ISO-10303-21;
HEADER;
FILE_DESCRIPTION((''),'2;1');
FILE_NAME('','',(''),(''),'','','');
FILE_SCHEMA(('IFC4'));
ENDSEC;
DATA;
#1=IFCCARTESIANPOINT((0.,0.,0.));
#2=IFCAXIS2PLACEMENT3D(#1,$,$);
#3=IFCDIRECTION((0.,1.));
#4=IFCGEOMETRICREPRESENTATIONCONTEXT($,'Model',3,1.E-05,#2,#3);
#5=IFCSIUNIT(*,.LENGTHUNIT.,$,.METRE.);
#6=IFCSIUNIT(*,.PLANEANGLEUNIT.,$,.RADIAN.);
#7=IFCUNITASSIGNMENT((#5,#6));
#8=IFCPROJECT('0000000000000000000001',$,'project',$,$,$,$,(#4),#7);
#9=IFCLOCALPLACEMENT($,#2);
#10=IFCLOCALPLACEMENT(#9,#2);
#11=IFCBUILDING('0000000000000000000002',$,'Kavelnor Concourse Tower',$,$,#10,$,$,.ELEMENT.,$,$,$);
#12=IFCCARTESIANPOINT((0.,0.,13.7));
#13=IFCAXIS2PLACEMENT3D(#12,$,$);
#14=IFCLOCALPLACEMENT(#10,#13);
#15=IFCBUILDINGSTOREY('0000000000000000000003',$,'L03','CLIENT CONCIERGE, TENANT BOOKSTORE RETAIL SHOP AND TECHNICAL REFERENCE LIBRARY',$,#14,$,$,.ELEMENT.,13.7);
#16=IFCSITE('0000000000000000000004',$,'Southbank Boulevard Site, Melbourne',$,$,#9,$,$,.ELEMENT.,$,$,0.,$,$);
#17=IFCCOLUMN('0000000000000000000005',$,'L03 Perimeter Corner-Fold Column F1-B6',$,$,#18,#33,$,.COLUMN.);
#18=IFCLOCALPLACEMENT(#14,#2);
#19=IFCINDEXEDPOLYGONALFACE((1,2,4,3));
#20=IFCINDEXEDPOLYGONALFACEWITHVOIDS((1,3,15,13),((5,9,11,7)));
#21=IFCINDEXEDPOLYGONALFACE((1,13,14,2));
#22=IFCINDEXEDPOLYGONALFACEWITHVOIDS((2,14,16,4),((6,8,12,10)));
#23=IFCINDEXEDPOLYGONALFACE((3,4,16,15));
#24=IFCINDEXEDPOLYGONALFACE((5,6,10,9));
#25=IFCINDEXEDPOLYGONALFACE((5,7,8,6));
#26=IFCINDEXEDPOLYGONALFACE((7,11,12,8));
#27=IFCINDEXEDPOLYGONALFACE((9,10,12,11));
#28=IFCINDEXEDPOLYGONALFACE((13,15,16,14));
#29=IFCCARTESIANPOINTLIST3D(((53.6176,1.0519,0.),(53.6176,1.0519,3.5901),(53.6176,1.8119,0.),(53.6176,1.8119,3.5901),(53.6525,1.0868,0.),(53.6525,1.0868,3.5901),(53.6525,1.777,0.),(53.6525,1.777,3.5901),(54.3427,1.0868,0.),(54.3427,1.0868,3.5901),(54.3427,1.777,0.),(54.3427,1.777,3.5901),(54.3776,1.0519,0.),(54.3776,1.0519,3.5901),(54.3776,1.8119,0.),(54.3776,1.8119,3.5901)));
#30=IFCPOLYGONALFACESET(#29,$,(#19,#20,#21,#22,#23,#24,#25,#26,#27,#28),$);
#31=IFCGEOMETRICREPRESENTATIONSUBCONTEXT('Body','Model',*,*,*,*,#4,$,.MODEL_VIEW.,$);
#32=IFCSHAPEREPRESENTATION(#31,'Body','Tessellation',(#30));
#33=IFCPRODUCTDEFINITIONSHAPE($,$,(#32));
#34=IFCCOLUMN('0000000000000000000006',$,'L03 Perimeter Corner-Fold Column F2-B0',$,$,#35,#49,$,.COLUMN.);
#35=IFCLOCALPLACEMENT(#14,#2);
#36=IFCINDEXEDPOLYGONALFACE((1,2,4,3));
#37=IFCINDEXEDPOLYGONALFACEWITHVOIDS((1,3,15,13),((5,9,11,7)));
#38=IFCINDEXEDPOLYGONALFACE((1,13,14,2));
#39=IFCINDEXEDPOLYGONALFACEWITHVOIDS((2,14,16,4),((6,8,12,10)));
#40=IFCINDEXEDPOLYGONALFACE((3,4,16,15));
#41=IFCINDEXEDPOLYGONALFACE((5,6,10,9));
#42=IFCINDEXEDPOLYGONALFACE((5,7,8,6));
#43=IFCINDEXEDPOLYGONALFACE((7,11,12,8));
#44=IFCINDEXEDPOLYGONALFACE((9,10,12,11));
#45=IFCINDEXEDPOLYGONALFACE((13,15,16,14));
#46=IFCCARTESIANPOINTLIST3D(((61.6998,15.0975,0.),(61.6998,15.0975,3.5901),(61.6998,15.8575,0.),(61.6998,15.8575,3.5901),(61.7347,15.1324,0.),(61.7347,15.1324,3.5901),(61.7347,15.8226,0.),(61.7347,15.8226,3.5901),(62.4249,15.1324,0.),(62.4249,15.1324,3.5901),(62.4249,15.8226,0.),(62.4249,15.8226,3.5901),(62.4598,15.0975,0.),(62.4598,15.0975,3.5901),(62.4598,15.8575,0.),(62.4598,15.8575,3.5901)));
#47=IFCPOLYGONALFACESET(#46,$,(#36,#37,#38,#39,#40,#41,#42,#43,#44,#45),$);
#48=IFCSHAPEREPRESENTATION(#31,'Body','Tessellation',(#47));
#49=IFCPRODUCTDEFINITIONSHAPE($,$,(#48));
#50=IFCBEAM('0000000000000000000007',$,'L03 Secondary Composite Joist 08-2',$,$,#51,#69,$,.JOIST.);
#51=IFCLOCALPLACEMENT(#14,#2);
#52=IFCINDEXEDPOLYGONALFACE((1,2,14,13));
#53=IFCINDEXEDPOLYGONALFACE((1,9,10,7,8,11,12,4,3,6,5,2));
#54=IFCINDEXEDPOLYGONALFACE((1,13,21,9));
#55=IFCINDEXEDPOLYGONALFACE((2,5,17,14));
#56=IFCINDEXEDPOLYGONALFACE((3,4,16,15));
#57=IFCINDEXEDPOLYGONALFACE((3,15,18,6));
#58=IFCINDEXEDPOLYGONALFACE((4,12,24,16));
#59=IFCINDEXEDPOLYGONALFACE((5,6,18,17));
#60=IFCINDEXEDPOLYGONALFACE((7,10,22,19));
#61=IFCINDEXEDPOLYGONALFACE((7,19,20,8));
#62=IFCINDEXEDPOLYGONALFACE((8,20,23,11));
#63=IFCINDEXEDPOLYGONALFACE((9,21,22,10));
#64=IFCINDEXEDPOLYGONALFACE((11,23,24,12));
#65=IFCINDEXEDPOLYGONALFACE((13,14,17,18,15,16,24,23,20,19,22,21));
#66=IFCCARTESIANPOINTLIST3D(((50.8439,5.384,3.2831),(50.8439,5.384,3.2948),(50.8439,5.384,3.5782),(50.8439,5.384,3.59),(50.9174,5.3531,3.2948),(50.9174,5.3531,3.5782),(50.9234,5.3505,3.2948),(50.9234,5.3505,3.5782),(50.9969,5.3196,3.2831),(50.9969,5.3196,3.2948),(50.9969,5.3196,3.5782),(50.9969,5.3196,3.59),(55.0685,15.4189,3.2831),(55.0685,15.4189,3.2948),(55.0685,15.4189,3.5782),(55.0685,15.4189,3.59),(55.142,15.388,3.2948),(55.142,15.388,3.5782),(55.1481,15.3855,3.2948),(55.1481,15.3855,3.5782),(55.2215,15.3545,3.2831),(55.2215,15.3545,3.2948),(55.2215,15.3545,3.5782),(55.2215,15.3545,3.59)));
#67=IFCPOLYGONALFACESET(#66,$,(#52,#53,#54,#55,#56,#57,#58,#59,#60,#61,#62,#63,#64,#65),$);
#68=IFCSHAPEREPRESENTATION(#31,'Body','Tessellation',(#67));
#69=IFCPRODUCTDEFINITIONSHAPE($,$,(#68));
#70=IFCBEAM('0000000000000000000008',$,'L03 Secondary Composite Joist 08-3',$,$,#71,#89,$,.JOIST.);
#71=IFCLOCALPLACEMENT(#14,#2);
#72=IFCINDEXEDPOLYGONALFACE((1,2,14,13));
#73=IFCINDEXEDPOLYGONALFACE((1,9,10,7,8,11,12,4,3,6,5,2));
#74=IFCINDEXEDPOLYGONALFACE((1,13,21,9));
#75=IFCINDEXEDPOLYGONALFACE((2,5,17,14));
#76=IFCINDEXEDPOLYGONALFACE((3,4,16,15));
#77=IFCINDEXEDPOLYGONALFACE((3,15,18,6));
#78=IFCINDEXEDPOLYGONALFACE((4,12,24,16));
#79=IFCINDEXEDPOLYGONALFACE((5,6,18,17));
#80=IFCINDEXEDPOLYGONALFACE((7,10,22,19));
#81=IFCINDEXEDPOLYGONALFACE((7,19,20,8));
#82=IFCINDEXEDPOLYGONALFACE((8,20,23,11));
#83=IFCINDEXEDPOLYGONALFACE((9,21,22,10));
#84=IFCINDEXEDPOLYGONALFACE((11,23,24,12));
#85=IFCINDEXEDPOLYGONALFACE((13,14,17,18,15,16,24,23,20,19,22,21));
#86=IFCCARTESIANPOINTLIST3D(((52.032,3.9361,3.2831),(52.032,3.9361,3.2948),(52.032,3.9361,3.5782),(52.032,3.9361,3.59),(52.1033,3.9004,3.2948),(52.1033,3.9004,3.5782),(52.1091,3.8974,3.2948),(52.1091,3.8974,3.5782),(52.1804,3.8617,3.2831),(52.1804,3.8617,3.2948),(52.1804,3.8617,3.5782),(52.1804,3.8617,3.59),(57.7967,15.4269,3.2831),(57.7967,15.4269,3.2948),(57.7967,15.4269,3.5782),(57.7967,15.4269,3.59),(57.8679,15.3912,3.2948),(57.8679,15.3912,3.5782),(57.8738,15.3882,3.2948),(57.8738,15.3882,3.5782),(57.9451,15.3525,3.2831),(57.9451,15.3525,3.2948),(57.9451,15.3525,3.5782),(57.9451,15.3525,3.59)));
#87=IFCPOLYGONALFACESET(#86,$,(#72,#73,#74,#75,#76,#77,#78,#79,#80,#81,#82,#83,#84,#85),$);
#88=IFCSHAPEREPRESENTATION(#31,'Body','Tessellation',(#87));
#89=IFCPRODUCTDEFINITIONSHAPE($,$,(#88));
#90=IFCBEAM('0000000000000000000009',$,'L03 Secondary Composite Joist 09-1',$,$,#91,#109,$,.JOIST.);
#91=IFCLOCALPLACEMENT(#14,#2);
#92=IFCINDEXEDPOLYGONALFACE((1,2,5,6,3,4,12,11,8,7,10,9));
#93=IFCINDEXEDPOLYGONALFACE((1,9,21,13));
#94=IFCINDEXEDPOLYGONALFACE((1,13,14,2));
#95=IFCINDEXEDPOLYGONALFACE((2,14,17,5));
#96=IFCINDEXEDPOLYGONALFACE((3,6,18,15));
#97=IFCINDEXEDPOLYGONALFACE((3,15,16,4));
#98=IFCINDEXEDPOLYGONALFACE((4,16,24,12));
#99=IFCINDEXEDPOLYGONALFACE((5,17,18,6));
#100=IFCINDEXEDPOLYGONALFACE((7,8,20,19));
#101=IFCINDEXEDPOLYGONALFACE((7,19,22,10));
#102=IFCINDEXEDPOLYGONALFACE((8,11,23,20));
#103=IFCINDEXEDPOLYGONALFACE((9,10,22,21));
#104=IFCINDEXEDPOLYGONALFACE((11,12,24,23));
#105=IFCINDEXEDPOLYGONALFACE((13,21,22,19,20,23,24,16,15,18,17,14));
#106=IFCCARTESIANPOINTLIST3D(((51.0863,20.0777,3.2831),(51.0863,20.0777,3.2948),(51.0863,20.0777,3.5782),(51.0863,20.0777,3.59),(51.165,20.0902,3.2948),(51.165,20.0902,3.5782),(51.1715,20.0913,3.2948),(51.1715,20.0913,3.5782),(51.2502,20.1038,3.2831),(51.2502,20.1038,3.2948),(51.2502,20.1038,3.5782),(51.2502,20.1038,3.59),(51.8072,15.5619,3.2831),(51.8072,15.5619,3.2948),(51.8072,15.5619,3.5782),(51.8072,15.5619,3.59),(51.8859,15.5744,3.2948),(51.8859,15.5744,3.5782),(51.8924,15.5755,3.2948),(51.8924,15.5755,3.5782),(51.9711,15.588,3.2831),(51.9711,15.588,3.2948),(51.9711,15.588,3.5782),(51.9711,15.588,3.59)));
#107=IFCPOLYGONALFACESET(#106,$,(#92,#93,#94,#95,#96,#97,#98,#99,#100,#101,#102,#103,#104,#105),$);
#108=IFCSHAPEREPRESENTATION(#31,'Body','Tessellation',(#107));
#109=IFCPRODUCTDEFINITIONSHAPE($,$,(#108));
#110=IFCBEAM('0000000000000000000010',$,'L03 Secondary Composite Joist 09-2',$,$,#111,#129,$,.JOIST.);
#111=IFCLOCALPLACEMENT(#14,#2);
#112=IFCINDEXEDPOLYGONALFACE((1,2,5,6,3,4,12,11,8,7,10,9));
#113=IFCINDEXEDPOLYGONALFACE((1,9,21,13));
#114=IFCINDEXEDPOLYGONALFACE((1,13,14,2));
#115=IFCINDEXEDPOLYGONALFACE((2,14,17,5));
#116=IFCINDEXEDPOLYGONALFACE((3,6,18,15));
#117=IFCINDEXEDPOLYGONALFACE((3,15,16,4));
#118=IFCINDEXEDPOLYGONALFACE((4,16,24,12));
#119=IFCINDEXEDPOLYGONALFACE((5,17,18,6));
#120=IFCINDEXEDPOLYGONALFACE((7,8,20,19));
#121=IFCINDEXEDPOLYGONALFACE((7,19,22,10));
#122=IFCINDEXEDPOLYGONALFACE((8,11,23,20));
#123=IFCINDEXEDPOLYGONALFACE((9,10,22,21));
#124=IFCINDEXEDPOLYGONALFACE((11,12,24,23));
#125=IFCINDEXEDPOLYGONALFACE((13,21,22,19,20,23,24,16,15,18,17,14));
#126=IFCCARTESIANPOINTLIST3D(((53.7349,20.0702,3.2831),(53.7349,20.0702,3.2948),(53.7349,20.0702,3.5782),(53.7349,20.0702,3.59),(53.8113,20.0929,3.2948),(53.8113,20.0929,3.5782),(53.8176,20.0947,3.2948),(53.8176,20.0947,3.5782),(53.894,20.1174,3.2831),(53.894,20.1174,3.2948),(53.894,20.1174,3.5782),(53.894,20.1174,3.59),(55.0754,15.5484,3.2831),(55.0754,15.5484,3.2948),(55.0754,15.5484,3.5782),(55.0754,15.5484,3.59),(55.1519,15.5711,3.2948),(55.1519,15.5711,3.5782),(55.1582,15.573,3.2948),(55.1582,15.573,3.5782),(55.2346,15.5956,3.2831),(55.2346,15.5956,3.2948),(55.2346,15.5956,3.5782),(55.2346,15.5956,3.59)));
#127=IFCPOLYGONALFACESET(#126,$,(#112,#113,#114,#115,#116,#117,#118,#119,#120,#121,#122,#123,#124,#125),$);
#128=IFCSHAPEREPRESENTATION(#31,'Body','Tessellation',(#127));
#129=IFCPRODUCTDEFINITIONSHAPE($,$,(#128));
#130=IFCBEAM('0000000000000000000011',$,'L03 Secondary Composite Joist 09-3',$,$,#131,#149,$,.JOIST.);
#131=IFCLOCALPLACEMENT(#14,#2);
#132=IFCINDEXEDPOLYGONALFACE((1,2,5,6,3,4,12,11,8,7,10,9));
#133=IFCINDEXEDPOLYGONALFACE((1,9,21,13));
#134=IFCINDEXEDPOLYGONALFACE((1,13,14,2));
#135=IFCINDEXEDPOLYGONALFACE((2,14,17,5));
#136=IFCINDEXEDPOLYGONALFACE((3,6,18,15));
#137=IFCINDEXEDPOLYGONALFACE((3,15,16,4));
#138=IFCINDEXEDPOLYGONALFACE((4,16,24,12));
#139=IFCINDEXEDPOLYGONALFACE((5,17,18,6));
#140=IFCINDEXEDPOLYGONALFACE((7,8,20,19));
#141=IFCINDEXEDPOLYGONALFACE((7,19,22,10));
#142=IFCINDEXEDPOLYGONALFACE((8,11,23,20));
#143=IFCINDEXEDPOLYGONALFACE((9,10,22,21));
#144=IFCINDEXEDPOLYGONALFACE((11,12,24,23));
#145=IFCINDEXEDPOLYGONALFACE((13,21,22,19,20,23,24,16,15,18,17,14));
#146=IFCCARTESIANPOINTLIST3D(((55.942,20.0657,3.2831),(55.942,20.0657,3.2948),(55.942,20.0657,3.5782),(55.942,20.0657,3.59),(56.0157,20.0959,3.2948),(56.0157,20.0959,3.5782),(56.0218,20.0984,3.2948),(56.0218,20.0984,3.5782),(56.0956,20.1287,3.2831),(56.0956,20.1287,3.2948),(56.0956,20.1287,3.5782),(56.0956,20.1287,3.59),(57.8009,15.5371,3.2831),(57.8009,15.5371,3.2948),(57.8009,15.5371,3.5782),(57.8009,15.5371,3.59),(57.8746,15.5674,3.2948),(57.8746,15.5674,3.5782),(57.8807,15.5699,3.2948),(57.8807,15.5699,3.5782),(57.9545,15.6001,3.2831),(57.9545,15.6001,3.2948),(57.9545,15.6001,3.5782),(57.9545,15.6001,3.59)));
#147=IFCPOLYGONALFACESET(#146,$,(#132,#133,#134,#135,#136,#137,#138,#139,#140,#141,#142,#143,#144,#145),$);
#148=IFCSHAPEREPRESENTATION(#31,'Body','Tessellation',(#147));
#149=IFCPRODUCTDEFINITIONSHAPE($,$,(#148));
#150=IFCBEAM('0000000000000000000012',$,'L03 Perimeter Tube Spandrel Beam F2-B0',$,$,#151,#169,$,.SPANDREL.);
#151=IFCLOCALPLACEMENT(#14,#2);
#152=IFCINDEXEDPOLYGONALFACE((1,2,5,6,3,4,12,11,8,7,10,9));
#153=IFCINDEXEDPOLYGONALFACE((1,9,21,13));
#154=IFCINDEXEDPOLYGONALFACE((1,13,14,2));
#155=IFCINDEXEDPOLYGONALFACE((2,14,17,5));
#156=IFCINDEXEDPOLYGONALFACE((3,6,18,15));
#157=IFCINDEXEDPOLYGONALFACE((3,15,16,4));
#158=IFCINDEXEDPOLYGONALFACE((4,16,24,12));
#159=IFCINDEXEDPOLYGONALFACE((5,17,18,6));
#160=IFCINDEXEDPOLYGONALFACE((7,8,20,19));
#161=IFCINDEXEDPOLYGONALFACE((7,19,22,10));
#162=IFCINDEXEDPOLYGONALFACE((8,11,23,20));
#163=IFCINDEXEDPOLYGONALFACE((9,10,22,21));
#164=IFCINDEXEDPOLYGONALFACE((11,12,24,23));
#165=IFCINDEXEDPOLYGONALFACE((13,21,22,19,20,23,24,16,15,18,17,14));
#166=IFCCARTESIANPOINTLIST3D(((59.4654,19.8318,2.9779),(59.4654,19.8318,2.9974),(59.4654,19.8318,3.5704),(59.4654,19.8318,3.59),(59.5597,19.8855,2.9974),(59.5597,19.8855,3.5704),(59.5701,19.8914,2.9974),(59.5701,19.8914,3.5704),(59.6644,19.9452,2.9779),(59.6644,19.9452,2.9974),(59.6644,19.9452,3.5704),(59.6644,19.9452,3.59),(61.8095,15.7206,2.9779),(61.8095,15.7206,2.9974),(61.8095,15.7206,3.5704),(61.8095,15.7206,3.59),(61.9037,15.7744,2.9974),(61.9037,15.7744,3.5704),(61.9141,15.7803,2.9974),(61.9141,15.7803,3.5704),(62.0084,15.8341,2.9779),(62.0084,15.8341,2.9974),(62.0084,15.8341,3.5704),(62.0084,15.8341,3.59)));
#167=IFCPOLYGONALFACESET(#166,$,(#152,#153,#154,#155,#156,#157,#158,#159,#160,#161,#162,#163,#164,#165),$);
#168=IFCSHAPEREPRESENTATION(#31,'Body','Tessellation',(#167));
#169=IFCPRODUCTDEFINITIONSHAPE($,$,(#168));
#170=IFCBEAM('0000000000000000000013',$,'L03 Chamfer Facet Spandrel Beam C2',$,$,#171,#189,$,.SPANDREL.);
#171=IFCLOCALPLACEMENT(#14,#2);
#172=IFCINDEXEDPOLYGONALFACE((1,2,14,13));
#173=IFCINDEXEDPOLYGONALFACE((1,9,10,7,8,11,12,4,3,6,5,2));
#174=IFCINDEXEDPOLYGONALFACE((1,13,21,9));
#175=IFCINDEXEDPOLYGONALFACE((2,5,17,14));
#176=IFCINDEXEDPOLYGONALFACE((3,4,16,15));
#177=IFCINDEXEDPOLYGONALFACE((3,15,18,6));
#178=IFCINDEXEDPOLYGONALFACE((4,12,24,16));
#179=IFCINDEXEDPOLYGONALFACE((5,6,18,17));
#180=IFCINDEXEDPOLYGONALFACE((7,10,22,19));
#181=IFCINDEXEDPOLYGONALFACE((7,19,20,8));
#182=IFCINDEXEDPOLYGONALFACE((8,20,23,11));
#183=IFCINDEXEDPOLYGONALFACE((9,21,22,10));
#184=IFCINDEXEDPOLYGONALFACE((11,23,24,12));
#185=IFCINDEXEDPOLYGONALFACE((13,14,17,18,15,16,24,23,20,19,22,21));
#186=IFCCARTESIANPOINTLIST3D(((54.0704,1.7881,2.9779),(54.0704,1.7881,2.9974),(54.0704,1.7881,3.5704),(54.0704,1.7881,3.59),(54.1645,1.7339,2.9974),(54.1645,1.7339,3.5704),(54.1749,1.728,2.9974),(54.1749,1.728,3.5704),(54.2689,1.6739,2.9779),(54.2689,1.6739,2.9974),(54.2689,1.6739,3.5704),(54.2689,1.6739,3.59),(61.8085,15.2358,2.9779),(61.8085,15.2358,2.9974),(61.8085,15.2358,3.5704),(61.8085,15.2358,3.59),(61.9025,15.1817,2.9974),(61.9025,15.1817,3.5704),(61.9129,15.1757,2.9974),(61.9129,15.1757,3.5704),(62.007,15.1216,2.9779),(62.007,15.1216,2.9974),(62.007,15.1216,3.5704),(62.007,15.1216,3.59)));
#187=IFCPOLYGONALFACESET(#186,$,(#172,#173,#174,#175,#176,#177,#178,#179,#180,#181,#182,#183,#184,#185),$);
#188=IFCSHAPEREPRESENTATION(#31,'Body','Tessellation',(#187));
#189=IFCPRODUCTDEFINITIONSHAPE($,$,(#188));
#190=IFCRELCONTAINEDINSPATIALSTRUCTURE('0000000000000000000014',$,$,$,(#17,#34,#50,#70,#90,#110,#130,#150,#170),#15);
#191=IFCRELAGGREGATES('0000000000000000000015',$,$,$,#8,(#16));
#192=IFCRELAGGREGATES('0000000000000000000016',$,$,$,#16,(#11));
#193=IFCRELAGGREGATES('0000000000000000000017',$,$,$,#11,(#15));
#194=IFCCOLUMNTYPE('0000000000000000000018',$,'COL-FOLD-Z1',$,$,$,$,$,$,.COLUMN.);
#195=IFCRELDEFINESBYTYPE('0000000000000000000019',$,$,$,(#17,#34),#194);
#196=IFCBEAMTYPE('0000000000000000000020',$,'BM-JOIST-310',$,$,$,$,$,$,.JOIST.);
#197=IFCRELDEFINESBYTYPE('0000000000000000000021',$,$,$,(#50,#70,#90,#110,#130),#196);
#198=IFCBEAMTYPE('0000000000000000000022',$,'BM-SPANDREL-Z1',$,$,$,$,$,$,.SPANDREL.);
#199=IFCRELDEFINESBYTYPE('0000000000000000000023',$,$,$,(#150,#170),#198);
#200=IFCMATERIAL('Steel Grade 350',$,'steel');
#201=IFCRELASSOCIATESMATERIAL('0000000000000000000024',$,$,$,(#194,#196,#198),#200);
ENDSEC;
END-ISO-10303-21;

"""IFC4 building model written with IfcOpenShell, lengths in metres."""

from ifc_helpers import new_model, si_unit, direction, frame, origin, origin_2d, place, context, subcontext, project, spatial, hollow_rectangle, i_section, extrude, material, material_profile, profile_set, type_object, element, save


model = new_model("IFC4")

# Units and contexts
model_context = context("Model", 3, precision=1e-05, world=origin(), true_north=direction((0.0, 1.0)))
body_context = subcontext(model_context, "Body", "Model", "MODEL_VIEW")
ifc_project = project(units=[si_unit("LENGTHUNIT", "METRE"), si_unit("PLANEANGLEUNIT", "RADIAN")], contexts=[model_context])

# Site, building, storey
site_placement = place(None, origin())
site = spatial("IfcSite", under=ifc_project, at=site_placement, Name="Southbank Boulevard Site, Melbourne", CompositionType="ELEMENT", RefElevation=0.0)
building_placement = place(site_placement, origin())
building = spatial("IfcBuilding", under=site, at=building_placement, Name="Kavelnor Concourse Tower", CompositionType="ELEMENT")
storey_placement = place(building_placement, frame((0.0, 0.0, 13.7)))
storey = spatial("IfcBuildingStorey", under=building, at=storey_placement, Name="L03", Description="CLIENT CONCIERGE, TENANT BOOKSTORE RETAIL SHOP AND TECHNICAL REFERENCE LIBRARY", CompositionType="ELEMENT", Elevation=13.7)

# Columns
ifc_material_1 = material(Name="Steel Grade 350", Category="steel")
ifc_material_profile_1 = material_profile(ifc_material_1, hollow_rectangle(XDim=0.76, YDim=0.76, WallThickness=0.0349, at=origin_2d()), Name="SHS 760x760x35")
ifc_profile_set_1 = profile_set([ifc_material_profile_1], Name="Steel Grade 350")
column_type = type_object("IfcColumnType", Name="COL-FOLD-Z1", PredefinedType="COLUMN", material=ifc_profile_set_1)
for number, where, z_axis, x_axis, name in (
    (1, (53.9976, 1.4319, 0.0), (0.0, 0.0, 1.0), (1.0, 0.0, 0.0), "L03 Perimeter Corner-Fold Column F1-B6"),
    (2, (62.0798, 15.4775, 0.0), (0.0, 0.0, 1.0), (1.0, 0.0, 0.0), "L03 Perimeter Corner-Fold Column F2-B0"),
):
    element("IfcColumn", number, at=place(storey_placement, frame(where, z_axis=z_axis, x_axis=x_axis)), inside=storey, type_object=column_type, Name=name, PredefinedType="COLUMN", context=body_context, shape_type="SweptSolid", body=[
        extrude(hollow_rectangle(XDim=0.76, YDim=0.76, WallThickness=0.0349, at=origin_2d()), origin(), (0.0, 0.0, 1.0), 3.5901),
    ])

# Beams
ifc_material_profile_2 = material_profile(ifc_material_1, i_section(OverallWidth=0.166, OverallDepth=0.3069, WebThickness=0.0066, FlangeThickness=0.0117, at=origin_2d()), Name="310UB46")
ifc_profile_set_2 = profile_set([ifc_material_profile_2], Name="Steel Grade 350")
beam_type_1 = type_object("IfcBeamType", Name="BM-JOIST-310", PredefinedType="JOIST", material=ifc_profile_set_2)
beam_1_placement = place(storey_placement, frame((50.9204, 5.3518, 3.4365), z_axis=(0.388009, 0.921656, 0.0), x_axis=(-0.921656, 0.388009, 0.0)))
element("IfcBeam", 3, at=beam_1_placement, inside=storey, type_object=beam_type_1, Name="L03 Secondary Composite Joist 08-2", PredefinedType="JOIST", context=body_context, shape_type="SweptSolid", body=[
    extrude(i_section(OverallWidth=0.166, OverallDepth=0.3069, WebThickness=0.0066, FlangeThickness=0.0117, at=origin_2d()), origin(), (0.0, 0.0, 1.0), 10.8879),
])
beam_2_placement = place(storey_placement, frame((52.1062, 3.8989, 3.4365), z_axis=(0.448413, 0.893826, 0.0), x_axis=(-0.893826, 0.448413, 0.0)))
element("IfcBeam", 4, at=beam_2_placement, inside=storey, type_object=beam_type_1, Name="L03 Secondary Composite Joist 08-3", PredefinedType="JOIST", context=body_context, shape_type="SweptSolid", body=[
    extrude(i_section(OverallWidth=0.166, OverallDepth=0.3069, WebThickness=0.0066, FlangeThickness=0.0117, at=origin_2d()), origin(), (0.0, 0.0, 1.0), 12.8557),
])
beam_3_placement = place(storey_placement, frame((51.8892, 15.575, 3.4365), z_axis=(-0.157651, 0.987495, 0.0), x_axis=(-0.987495, -0.157651, 0.0)))
element("IfcBeam", 5, at=beam_3_placement, inside=storey, type_object=beam_type_1, Name="L03 Secondary Composite Joist 09-1", PredefinedType="JOIST", context=body_context, shape_type="SweptSolid", body=[
    extrude(i_section(OverallWidth=0.166, OverallDepth=0.3069, WebThickness=0.0066, FlangeThickness=0.0117, at=origin_2d()), origin(), (0.0, 0.0, 1.0), 4.573),
])
beam_4_placement = place(storey_placement, frame((55.155, 15.572, 3.4365), z_axis=(-0.284245, 0.958752, 0.0), x_axis=(-0.958752, -0.284245, 0.0)))
element("IfcBeam", 6, at=beam_4_placement, inside=storey, type_object=beam_type_1, Name="L03 Secondary Composite Joist 09-2", PredefinedType="JOIST", context=body_context, shape_type="SweptSolid", body=[
    extrude(i_section(OverallWidth=0.166, OverallDepth=0.3069, WebThickness=0.0066, FlangeThickness=0.0117, at=origin_2d()), origin(), (0.0, 0.0, 1.0), 4.7163),
])
beam_5_placement = place(storey_placement, frame((57.8777, 15.5686, 3.4365), z_axis=(-0.379734, 0.925096, 0.0), x_axis=(-0.925096, -0.379734, 0.0)))
element("IfcBeam", 7, at=beam_5_placement, inside=storey, type_object=beam_type_1, Name="L03 Secondary Composite Joist 09-3", PredefinedType="JOIST", context=body_context, shape_type="SweptSolid", body=[
    extrude(i_section(OverallWidth=0.166, OverallDepth=0.3069, WebThickness=0.0066, FlangeThickness=0.0117, at=origin_2d()), origin(), (0.0, 0.0, 1.0), 4.8953),
])
ifc_material_profile_3 = material_profile(ifc_material_1, i_section(OverallWidth=0.229, OverallDepth=0.6121, WebThickness=0.012, FlangeThickness=0.0195, at=origin_2d()), Name="610UB125")
ifc_profile_set_3 = profile_set([ifc_material_profile_3], Name="Steel Grade 350")
beam_type_2 = type_object("IfcBeamType", Name="BM-SPANDREL-Z1", PredefinedType="SPANDREL", material=ifc_profile_set_3)
beam_6_placement = place(storey_placement, frame((61.9089, 15.7773, 3.2839), z_axis=(-0.495311, 0.868716, 0.0), x_axis=(-0.868716, -0.495311, 0.0)))
element("IfcBeam", 8, at=beam_6_placement, inside=storey, type_object=beam_type_2, Name="L03 Perimeter Tube Spandrel Beam F2-B0", PredefinedType="SPANDREL", context=body_context, shape_type="SweptSolid", body=[
    extrude(i_section(OverallWidth=0.229, OverallDepth=0.6121, WebThickness=0.012, FlangeThickness=0.0195, at=origin_2d()), origin(), (0.0, 0.0, 1.0), 4.7324),
])
beam_7_placement = place(storey_placement, frame((54.1697, 1.731, 3.2839), z_axis=(0.498741, 0.866751, 0.0), x_axis=(-0.866751, 0.498741, 0.0)))
element("IfcBeam", 9, at=beam_7_placement, inside=storey, type_object=beam_type_2, Name="L03 Chamfer Facet Spandrel Beam C2", PredefinedType="SPANDREL", context=body_context, shape_type="SweptSolid", body=[
    extrude(i_section(OverallWidth=0.229, OverallDepth=0.6121, WebThickness=0.012, FlangeThickness=0.0195, at=origin_2d()), origin(), (0.0, 0.0, 1.0), 15.5151),
])

save(model, "model.ifc")
